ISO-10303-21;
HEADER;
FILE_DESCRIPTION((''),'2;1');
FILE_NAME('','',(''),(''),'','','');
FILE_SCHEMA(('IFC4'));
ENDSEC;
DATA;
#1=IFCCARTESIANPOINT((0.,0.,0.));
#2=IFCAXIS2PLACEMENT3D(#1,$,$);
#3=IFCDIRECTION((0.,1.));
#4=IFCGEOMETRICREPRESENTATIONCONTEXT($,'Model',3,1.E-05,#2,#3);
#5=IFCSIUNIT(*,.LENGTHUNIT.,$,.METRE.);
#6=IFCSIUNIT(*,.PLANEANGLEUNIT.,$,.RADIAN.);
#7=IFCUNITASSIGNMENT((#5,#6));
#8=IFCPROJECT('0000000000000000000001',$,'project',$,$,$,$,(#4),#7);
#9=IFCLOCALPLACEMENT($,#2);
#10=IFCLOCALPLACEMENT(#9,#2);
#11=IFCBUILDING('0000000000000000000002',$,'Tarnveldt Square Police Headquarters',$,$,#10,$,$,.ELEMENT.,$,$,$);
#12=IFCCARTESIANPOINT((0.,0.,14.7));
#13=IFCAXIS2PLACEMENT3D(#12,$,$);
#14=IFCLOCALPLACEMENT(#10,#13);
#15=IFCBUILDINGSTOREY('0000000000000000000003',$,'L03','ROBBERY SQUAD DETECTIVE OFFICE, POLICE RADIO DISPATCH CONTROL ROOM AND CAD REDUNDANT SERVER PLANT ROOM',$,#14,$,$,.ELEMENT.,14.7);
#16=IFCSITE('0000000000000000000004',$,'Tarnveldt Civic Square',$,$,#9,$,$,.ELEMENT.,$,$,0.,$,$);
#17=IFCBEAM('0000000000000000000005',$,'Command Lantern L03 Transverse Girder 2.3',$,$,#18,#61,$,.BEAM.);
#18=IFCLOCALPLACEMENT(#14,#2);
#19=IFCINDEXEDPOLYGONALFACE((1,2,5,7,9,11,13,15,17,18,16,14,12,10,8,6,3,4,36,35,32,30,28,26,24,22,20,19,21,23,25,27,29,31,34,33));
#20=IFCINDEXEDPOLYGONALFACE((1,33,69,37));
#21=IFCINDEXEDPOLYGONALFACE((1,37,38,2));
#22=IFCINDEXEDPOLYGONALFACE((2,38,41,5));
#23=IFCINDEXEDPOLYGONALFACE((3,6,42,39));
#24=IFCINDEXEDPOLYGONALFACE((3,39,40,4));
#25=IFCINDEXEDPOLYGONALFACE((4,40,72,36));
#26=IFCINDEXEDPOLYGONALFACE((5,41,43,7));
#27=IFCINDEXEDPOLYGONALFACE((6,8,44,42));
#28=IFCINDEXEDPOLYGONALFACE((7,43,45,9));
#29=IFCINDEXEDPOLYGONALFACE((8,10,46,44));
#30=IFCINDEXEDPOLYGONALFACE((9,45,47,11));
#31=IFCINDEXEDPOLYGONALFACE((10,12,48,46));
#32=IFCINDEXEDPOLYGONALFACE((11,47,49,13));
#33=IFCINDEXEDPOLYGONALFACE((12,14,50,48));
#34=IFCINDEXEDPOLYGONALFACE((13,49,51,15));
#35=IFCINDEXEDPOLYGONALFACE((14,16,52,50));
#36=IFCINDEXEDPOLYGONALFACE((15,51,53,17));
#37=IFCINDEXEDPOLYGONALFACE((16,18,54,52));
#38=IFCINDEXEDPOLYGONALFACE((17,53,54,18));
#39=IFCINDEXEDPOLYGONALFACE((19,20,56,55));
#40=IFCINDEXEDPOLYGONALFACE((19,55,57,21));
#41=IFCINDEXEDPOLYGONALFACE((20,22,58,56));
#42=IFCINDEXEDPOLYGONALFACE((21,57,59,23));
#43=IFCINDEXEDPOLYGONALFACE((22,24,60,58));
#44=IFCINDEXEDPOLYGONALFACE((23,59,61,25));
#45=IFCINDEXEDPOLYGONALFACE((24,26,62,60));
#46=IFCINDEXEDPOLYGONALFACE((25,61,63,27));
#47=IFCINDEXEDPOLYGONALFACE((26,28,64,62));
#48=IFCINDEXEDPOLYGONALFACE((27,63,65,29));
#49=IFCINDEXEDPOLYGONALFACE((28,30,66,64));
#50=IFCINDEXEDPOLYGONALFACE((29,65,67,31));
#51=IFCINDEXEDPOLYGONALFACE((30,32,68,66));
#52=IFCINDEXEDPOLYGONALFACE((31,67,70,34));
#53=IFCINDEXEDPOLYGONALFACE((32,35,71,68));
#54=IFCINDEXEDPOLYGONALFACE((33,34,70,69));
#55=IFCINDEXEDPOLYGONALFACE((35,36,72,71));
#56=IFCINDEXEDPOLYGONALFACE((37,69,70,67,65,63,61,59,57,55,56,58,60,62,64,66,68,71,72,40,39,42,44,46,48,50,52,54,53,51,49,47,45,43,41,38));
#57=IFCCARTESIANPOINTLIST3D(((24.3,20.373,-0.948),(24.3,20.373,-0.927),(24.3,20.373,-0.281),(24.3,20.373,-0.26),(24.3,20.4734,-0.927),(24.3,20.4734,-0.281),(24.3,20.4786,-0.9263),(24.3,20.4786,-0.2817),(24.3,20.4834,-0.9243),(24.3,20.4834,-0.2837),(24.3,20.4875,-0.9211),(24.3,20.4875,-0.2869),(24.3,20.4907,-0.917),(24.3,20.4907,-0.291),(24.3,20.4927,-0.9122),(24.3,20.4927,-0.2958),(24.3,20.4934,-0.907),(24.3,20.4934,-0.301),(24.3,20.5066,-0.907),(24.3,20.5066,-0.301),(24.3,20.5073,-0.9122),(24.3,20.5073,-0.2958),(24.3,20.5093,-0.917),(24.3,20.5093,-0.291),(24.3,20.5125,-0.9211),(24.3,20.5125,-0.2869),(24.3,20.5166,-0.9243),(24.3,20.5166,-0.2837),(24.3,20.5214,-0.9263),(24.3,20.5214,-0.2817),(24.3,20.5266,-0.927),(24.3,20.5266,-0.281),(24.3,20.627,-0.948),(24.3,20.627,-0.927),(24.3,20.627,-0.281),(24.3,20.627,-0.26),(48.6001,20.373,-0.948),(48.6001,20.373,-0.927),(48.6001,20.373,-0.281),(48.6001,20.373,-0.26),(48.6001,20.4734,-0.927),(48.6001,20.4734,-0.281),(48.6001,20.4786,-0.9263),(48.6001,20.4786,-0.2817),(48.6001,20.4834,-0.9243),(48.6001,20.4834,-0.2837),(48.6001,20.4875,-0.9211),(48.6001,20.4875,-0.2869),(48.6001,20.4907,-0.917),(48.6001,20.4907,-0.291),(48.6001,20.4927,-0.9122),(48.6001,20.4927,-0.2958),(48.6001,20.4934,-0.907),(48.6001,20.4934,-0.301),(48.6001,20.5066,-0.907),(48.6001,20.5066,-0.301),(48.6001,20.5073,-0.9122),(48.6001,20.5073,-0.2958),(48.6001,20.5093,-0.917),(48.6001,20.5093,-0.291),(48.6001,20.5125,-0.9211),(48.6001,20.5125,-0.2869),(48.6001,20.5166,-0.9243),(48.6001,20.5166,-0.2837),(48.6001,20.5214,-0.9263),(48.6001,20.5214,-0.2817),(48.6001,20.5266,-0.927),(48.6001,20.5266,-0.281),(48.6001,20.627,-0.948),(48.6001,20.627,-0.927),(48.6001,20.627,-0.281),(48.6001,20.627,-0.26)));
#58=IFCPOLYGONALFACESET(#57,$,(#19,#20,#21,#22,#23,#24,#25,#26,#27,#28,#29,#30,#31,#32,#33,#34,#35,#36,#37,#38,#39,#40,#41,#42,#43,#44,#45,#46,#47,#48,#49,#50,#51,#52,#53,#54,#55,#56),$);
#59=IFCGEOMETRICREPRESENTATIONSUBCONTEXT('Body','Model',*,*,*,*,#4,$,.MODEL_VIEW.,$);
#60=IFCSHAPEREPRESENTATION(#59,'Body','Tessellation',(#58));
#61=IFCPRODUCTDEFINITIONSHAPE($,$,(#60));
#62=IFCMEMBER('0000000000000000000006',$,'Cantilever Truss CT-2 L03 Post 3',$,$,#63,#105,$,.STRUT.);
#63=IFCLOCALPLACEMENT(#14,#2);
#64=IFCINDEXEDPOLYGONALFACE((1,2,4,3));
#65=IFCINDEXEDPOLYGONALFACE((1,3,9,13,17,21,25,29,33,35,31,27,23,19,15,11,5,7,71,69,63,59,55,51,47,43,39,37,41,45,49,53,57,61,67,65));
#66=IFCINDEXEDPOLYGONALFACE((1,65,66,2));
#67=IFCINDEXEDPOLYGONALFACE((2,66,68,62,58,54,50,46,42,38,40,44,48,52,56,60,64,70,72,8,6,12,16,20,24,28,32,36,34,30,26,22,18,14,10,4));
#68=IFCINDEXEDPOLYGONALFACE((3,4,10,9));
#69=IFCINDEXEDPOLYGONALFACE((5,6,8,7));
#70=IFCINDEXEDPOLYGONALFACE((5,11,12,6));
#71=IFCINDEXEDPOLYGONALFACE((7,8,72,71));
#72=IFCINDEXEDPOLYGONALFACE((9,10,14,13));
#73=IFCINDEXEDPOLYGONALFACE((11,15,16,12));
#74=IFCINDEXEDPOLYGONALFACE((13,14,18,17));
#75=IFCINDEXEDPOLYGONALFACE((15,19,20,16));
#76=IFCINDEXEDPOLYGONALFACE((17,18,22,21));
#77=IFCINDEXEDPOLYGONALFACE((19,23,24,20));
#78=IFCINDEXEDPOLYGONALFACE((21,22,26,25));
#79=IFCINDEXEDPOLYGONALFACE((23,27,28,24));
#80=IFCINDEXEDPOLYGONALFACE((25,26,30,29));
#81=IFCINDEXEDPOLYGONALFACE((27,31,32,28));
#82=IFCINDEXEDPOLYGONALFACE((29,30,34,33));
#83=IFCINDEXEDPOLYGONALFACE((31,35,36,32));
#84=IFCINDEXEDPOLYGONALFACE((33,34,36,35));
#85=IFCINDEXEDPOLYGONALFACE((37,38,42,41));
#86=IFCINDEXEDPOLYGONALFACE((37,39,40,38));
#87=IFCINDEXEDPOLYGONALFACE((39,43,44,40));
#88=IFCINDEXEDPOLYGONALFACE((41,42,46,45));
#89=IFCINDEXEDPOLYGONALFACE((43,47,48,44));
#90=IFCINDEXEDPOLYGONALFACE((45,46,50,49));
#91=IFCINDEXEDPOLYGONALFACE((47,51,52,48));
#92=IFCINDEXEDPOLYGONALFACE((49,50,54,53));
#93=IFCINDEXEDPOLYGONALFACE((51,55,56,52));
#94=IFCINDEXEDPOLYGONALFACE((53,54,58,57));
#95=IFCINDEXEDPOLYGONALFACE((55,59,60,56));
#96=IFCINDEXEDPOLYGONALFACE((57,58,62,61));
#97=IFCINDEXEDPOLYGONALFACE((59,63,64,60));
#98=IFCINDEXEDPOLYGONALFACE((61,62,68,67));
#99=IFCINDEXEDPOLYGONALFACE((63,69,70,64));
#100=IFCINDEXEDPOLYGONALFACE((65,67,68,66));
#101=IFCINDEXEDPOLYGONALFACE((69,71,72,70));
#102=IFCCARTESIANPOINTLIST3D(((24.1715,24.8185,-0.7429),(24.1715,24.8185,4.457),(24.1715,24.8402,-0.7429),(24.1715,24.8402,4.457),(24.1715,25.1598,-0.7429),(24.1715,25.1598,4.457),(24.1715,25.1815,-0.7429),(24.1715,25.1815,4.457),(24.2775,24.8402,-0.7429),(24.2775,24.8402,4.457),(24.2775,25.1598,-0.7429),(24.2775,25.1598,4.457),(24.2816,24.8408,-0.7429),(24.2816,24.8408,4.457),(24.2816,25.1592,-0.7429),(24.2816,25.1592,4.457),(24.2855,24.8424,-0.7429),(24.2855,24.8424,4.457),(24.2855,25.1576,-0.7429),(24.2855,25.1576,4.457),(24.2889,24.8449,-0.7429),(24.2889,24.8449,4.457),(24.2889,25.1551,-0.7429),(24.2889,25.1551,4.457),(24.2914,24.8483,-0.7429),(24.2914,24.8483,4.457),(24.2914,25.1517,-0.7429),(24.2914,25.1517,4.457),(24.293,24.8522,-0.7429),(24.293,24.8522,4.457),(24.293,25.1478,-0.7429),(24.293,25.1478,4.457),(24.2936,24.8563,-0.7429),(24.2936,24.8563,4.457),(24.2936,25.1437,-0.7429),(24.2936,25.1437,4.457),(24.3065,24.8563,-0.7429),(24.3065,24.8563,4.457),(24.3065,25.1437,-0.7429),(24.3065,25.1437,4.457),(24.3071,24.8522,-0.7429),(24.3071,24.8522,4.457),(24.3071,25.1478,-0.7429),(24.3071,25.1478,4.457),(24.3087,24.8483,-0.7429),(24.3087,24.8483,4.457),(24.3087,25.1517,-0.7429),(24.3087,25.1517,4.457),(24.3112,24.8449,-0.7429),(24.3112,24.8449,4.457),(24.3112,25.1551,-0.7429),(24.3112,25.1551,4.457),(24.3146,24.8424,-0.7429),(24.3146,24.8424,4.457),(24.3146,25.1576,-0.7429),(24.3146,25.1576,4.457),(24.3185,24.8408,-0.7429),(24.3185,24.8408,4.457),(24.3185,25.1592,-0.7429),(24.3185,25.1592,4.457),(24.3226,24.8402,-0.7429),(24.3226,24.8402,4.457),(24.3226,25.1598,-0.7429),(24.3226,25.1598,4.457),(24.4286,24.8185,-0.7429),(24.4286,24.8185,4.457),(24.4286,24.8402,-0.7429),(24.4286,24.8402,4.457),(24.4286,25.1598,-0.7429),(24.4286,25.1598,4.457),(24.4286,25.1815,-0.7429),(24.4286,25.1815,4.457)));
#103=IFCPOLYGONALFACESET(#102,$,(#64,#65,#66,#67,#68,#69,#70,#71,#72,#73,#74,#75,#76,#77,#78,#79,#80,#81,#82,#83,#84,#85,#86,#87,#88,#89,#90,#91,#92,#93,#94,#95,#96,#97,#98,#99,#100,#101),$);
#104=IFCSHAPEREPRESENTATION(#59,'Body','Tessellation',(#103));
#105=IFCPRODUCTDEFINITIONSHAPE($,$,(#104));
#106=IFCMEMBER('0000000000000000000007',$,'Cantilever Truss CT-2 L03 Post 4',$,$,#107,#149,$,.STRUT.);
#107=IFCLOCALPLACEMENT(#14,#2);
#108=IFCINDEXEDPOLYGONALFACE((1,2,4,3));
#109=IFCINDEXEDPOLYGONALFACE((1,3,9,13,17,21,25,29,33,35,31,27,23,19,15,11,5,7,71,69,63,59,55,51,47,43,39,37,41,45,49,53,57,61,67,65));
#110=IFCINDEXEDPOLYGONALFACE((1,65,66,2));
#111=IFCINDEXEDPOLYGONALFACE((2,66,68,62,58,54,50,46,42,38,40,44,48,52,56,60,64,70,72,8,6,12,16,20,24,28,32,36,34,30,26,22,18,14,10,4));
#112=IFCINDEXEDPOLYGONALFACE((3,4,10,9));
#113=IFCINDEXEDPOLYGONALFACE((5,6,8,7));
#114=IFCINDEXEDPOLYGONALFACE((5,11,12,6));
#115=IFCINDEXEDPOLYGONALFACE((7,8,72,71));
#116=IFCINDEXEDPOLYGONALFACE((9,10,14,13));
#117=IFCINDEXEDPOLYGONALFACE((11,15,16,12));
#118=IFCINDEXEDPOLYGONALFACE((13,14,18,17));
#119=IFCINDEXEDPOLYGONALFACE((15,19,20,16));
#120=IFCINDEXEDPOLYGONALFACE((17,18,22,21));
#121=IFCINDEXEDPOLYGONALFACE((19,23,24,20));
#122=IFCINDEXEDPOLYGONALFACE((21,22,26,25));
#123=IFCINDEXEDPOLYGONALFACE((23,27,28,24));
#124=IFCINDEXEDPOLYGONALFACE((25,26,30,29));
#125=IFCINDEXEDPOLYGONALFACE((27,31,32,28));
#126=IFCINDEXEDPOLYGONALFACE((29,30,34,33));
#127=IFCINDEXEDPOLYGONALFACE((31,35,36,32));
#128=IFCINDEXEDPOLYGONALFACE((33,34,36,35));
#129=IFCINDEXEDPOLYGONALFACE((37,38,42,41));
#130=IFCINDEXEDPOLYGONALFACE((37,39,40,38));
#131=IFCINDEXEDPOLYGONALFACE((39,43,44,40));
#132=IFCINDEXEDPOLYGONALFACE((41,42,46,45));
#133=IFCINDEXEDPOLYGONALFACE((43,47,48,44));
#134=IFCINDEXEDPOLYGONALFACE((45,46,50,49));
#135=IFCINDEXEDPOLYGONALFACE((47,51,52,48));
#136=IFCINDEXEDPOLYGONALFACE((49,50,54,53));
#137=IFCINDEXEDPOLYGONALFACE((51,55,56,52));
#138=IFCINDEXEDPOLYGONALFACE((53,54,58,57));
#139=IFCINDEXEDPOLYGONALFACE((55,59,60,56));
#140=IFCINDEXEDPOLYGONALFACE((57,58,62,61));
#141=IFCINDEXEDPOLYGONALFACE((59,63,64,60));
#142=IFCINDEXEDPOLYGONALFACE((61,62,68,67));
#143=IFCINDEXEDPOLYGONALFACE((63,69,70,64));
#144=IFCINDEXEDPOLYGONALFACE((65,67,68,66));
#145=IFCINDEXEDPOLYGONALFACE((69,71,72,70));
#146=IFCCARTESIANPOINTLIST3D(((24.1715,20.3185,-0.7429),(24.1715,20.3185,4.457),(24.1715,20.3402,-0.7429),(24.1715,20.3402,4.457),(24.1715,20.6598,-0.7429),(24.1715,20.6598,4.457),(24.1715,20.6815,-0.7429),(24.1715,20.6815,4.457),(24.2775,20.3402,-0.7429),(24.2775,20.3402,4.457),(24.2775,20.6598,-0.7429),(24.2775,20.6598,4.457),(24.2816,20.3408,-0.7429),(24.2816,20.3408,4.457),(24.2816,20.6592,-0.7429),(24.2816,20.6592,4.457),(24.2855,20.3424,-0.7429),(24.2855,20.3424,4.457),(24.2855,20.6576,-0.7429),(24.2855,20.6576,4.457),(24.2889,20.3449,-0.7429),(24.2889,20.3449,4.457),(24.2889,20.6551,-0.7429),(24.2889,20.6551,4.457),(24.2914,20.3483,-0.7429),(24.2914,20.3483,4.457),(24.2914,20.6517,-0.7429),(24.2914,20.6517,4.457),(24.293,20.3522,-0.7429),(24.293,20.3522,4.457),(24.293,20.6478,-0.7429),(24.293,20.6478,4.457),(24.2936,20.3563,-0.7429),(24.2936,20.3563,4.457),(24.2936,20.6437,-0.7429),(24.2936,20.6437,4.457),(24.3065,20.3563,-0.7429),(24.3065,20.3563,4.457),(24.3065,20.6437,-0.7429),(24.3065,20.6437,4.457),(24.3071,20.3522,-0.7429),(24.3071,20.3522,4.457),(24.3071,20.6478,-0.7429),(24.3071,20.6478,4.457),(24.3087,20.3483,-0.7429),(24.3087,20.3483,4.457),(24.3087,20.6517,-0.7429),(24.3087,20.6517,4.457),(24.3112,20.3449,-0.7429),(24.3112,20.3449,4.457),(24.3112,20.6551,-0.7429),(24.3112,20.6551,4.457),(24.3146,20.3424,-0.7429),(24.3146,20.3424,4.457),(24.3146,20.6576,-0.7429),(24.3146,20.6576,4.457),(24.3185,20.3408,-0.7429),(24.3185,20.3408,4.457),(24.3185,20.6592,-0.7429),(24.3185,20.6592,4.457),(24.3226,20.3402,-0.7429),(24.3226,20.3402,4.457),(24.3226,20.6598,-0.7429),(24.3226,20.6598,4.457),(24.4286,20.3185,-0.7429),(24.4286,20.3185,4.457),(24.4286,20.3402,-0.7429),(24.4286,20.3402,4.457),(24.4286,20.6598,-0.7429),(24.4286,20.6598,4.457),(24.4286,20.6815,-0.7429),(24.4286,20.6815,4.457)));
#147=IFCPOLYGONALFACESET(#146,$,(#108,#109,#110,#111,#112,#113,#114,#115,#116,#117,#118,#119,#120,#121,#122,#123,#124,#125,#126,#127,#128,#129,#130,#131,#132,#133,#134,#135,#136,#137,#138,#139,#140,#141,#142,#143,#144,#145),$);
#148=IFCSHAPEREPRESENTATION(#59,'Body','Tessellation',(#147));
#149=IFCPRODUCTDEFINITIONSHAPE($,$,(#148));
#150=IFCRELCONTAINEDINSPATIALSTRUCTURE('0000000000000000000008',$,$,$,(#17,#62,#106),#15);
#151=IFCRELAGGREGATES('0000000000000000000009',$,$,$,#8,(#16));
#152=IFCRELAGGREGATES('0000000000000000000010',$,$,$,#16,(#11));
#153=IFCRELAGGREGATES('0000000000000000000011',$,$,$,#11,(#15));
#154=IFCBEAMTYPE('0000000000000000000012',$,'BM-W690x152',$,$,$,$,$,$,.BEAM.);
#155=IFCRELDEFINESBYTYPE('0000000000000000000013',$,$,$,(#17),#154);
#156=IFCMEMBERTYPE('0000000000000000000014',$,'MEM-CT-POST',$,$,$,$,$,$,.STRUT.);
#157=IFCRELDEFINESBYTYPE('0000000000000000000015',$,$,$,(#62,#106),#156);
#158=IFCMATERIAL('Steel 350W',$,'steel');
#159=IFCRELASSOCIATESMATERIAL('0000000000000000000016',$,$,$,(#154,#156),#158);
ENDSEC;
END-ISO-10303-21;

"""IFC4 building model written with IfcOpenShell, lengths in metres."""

from ifc_helpers import new_model, si_unit, direction, frame, origin, origin_2d, place, context, subcontext, project, spatial, i_section, extrude, material, material_profile, profile_set, type_object, element, save


model = new_model("IFC4")

# Units and contexts
model_context = context("Model", 3, precision=1e-05, world=origin(), true_north=direction((0.0, 1.0)))
body_context = subcontext(model_context, "Body", "Model", "MODEL_VIEW")
ifc_project = project(units=[si_unit("LENGTHUNIT", "METRE"), si_unit("PLANEANGLEUNIT", "RADIAN")], contexts=[model_context])

# Site, building, storey
site_placement = place(None, origin())
site = spatial("IfcSite", under=ifc_project, at=site_placement, Name="Tarnveldt Civic Square", CompositionType="ELEMENT", RefElevation=0.0)
building_placement = place(site_placement, origin())
building = spatial("IfcBuilding", under=site, at=building_placement, Name="Tarnveldt Square Police Headquarters", CompositionType="ELEMENT")
storey_placement = place(building_placement, frame((0.0, 0.0, 14.7)))
storey = spatial("IfcBuildingStorey", under=building, at=storey_placement, Name="L03", Description="ROBBERY SQUAD DETECTIVE OFFICE, POLICE RADIO DISPATCH CONTROL ROOM AND CAD REDUNDANT SERVER PLANT ROOM", CompositionType="ELEMENT", Elevation=14.7)

# Beam
ifc_material_1 = material(Name="Steel 350W", Category="steel")
ifc_material_profile_1 = material_profile(ifc_material_1, i_section(OverallWidth=0.2539, OverallDepth=0.688, WebThickness=0.0132, FlangeThickness=0.021, FilletRadius=0.02, at=origin_2d()), Name="W690x152")
ifc_profile_set_1 = profile_set([ifc_material_profile_1], Name="Steel 350W")
beam_type_1 = type_object("IfcBeamType", Name="BM-W690x152", PredefinedType="BEAM", material=ifc_profile_set_1)
for number, where, z_axis, x_axis, name in (
    (1, (24.3, 20.5, -0.604), (1.0, 0.0, 0.0), (0.0, 1.0, 0.0), "Command Lantern L03 Transverse Girder 2.3"),
):
    element("IfcBeam", number, at=place(storey_placement, frame(where, z_axis=z_axis, x_axis=x_axis)), inside=storey, type_object=beam_type_1, Name=name, PredefinedType="BEAM", context=body_context, shape_type="SweptSolid", body=[
        extrude(i_section(OverallWidth=0.2539, OverallDepth=0.688, WebThickness=0.0132, FlangeThickness=0.021, FilletRadius=0.02, at=origin_2d()), origin(), (0.0, 0.0, 1.0), 24.3),
    ])

# Members
ifc_material_profile_2 = material_profile(ifc_material_1, i_section(OverallWidth=0.2571, OverallDepth=0.363, WebThickness=0.0129, FlangeThickness=0.0217, FilletRadius=0.0161, at=origin_2d()), Name="W360x122")
ifc_profile_set_2 = profile_set([ifc_material_profile_2], Name="Steel 350W")
member_type_1 = type_object("IfcMemberType", Name="MEM-CT-POST", PredefinedType="STRUT", material=ifc_profile_set_2)
for number, where, z_axis, x_axis, name in (
    (2, (24.3, 25.0, -0.7429), (0.0, 0.0, 1.0), (1.0, 0.0, 0.0), "Cantilever Truss CT-2 L03 Post 3"),
    (3, (24.3, 20.5, -0.7429), (0.0, 0.0, 1.0), (1.0, 0.0, 0.0), "Cantilever Truss CT-2 L03 Post 4"),
):
    element("IfcMember", number, at=place(storey_placement, frame(where, z_axis=z_axis, x_axis=x_axis)), inside=storey, type_object=member_type_1, Name=name, PredefinedType="STRUT", context=body_context, shape_type="SweptSolid", body=[
        extrude(i_section(OverallWidth=0.2571, OverallDepth=0.363, WebThickness=0.0129, FlangeThickness=0.0217, FilletRadius=0.0161, at=origin_2d()), origin(), (0.0, 0.0, 1.0), 5.2),
    ])

save(model, "model.ifc")
